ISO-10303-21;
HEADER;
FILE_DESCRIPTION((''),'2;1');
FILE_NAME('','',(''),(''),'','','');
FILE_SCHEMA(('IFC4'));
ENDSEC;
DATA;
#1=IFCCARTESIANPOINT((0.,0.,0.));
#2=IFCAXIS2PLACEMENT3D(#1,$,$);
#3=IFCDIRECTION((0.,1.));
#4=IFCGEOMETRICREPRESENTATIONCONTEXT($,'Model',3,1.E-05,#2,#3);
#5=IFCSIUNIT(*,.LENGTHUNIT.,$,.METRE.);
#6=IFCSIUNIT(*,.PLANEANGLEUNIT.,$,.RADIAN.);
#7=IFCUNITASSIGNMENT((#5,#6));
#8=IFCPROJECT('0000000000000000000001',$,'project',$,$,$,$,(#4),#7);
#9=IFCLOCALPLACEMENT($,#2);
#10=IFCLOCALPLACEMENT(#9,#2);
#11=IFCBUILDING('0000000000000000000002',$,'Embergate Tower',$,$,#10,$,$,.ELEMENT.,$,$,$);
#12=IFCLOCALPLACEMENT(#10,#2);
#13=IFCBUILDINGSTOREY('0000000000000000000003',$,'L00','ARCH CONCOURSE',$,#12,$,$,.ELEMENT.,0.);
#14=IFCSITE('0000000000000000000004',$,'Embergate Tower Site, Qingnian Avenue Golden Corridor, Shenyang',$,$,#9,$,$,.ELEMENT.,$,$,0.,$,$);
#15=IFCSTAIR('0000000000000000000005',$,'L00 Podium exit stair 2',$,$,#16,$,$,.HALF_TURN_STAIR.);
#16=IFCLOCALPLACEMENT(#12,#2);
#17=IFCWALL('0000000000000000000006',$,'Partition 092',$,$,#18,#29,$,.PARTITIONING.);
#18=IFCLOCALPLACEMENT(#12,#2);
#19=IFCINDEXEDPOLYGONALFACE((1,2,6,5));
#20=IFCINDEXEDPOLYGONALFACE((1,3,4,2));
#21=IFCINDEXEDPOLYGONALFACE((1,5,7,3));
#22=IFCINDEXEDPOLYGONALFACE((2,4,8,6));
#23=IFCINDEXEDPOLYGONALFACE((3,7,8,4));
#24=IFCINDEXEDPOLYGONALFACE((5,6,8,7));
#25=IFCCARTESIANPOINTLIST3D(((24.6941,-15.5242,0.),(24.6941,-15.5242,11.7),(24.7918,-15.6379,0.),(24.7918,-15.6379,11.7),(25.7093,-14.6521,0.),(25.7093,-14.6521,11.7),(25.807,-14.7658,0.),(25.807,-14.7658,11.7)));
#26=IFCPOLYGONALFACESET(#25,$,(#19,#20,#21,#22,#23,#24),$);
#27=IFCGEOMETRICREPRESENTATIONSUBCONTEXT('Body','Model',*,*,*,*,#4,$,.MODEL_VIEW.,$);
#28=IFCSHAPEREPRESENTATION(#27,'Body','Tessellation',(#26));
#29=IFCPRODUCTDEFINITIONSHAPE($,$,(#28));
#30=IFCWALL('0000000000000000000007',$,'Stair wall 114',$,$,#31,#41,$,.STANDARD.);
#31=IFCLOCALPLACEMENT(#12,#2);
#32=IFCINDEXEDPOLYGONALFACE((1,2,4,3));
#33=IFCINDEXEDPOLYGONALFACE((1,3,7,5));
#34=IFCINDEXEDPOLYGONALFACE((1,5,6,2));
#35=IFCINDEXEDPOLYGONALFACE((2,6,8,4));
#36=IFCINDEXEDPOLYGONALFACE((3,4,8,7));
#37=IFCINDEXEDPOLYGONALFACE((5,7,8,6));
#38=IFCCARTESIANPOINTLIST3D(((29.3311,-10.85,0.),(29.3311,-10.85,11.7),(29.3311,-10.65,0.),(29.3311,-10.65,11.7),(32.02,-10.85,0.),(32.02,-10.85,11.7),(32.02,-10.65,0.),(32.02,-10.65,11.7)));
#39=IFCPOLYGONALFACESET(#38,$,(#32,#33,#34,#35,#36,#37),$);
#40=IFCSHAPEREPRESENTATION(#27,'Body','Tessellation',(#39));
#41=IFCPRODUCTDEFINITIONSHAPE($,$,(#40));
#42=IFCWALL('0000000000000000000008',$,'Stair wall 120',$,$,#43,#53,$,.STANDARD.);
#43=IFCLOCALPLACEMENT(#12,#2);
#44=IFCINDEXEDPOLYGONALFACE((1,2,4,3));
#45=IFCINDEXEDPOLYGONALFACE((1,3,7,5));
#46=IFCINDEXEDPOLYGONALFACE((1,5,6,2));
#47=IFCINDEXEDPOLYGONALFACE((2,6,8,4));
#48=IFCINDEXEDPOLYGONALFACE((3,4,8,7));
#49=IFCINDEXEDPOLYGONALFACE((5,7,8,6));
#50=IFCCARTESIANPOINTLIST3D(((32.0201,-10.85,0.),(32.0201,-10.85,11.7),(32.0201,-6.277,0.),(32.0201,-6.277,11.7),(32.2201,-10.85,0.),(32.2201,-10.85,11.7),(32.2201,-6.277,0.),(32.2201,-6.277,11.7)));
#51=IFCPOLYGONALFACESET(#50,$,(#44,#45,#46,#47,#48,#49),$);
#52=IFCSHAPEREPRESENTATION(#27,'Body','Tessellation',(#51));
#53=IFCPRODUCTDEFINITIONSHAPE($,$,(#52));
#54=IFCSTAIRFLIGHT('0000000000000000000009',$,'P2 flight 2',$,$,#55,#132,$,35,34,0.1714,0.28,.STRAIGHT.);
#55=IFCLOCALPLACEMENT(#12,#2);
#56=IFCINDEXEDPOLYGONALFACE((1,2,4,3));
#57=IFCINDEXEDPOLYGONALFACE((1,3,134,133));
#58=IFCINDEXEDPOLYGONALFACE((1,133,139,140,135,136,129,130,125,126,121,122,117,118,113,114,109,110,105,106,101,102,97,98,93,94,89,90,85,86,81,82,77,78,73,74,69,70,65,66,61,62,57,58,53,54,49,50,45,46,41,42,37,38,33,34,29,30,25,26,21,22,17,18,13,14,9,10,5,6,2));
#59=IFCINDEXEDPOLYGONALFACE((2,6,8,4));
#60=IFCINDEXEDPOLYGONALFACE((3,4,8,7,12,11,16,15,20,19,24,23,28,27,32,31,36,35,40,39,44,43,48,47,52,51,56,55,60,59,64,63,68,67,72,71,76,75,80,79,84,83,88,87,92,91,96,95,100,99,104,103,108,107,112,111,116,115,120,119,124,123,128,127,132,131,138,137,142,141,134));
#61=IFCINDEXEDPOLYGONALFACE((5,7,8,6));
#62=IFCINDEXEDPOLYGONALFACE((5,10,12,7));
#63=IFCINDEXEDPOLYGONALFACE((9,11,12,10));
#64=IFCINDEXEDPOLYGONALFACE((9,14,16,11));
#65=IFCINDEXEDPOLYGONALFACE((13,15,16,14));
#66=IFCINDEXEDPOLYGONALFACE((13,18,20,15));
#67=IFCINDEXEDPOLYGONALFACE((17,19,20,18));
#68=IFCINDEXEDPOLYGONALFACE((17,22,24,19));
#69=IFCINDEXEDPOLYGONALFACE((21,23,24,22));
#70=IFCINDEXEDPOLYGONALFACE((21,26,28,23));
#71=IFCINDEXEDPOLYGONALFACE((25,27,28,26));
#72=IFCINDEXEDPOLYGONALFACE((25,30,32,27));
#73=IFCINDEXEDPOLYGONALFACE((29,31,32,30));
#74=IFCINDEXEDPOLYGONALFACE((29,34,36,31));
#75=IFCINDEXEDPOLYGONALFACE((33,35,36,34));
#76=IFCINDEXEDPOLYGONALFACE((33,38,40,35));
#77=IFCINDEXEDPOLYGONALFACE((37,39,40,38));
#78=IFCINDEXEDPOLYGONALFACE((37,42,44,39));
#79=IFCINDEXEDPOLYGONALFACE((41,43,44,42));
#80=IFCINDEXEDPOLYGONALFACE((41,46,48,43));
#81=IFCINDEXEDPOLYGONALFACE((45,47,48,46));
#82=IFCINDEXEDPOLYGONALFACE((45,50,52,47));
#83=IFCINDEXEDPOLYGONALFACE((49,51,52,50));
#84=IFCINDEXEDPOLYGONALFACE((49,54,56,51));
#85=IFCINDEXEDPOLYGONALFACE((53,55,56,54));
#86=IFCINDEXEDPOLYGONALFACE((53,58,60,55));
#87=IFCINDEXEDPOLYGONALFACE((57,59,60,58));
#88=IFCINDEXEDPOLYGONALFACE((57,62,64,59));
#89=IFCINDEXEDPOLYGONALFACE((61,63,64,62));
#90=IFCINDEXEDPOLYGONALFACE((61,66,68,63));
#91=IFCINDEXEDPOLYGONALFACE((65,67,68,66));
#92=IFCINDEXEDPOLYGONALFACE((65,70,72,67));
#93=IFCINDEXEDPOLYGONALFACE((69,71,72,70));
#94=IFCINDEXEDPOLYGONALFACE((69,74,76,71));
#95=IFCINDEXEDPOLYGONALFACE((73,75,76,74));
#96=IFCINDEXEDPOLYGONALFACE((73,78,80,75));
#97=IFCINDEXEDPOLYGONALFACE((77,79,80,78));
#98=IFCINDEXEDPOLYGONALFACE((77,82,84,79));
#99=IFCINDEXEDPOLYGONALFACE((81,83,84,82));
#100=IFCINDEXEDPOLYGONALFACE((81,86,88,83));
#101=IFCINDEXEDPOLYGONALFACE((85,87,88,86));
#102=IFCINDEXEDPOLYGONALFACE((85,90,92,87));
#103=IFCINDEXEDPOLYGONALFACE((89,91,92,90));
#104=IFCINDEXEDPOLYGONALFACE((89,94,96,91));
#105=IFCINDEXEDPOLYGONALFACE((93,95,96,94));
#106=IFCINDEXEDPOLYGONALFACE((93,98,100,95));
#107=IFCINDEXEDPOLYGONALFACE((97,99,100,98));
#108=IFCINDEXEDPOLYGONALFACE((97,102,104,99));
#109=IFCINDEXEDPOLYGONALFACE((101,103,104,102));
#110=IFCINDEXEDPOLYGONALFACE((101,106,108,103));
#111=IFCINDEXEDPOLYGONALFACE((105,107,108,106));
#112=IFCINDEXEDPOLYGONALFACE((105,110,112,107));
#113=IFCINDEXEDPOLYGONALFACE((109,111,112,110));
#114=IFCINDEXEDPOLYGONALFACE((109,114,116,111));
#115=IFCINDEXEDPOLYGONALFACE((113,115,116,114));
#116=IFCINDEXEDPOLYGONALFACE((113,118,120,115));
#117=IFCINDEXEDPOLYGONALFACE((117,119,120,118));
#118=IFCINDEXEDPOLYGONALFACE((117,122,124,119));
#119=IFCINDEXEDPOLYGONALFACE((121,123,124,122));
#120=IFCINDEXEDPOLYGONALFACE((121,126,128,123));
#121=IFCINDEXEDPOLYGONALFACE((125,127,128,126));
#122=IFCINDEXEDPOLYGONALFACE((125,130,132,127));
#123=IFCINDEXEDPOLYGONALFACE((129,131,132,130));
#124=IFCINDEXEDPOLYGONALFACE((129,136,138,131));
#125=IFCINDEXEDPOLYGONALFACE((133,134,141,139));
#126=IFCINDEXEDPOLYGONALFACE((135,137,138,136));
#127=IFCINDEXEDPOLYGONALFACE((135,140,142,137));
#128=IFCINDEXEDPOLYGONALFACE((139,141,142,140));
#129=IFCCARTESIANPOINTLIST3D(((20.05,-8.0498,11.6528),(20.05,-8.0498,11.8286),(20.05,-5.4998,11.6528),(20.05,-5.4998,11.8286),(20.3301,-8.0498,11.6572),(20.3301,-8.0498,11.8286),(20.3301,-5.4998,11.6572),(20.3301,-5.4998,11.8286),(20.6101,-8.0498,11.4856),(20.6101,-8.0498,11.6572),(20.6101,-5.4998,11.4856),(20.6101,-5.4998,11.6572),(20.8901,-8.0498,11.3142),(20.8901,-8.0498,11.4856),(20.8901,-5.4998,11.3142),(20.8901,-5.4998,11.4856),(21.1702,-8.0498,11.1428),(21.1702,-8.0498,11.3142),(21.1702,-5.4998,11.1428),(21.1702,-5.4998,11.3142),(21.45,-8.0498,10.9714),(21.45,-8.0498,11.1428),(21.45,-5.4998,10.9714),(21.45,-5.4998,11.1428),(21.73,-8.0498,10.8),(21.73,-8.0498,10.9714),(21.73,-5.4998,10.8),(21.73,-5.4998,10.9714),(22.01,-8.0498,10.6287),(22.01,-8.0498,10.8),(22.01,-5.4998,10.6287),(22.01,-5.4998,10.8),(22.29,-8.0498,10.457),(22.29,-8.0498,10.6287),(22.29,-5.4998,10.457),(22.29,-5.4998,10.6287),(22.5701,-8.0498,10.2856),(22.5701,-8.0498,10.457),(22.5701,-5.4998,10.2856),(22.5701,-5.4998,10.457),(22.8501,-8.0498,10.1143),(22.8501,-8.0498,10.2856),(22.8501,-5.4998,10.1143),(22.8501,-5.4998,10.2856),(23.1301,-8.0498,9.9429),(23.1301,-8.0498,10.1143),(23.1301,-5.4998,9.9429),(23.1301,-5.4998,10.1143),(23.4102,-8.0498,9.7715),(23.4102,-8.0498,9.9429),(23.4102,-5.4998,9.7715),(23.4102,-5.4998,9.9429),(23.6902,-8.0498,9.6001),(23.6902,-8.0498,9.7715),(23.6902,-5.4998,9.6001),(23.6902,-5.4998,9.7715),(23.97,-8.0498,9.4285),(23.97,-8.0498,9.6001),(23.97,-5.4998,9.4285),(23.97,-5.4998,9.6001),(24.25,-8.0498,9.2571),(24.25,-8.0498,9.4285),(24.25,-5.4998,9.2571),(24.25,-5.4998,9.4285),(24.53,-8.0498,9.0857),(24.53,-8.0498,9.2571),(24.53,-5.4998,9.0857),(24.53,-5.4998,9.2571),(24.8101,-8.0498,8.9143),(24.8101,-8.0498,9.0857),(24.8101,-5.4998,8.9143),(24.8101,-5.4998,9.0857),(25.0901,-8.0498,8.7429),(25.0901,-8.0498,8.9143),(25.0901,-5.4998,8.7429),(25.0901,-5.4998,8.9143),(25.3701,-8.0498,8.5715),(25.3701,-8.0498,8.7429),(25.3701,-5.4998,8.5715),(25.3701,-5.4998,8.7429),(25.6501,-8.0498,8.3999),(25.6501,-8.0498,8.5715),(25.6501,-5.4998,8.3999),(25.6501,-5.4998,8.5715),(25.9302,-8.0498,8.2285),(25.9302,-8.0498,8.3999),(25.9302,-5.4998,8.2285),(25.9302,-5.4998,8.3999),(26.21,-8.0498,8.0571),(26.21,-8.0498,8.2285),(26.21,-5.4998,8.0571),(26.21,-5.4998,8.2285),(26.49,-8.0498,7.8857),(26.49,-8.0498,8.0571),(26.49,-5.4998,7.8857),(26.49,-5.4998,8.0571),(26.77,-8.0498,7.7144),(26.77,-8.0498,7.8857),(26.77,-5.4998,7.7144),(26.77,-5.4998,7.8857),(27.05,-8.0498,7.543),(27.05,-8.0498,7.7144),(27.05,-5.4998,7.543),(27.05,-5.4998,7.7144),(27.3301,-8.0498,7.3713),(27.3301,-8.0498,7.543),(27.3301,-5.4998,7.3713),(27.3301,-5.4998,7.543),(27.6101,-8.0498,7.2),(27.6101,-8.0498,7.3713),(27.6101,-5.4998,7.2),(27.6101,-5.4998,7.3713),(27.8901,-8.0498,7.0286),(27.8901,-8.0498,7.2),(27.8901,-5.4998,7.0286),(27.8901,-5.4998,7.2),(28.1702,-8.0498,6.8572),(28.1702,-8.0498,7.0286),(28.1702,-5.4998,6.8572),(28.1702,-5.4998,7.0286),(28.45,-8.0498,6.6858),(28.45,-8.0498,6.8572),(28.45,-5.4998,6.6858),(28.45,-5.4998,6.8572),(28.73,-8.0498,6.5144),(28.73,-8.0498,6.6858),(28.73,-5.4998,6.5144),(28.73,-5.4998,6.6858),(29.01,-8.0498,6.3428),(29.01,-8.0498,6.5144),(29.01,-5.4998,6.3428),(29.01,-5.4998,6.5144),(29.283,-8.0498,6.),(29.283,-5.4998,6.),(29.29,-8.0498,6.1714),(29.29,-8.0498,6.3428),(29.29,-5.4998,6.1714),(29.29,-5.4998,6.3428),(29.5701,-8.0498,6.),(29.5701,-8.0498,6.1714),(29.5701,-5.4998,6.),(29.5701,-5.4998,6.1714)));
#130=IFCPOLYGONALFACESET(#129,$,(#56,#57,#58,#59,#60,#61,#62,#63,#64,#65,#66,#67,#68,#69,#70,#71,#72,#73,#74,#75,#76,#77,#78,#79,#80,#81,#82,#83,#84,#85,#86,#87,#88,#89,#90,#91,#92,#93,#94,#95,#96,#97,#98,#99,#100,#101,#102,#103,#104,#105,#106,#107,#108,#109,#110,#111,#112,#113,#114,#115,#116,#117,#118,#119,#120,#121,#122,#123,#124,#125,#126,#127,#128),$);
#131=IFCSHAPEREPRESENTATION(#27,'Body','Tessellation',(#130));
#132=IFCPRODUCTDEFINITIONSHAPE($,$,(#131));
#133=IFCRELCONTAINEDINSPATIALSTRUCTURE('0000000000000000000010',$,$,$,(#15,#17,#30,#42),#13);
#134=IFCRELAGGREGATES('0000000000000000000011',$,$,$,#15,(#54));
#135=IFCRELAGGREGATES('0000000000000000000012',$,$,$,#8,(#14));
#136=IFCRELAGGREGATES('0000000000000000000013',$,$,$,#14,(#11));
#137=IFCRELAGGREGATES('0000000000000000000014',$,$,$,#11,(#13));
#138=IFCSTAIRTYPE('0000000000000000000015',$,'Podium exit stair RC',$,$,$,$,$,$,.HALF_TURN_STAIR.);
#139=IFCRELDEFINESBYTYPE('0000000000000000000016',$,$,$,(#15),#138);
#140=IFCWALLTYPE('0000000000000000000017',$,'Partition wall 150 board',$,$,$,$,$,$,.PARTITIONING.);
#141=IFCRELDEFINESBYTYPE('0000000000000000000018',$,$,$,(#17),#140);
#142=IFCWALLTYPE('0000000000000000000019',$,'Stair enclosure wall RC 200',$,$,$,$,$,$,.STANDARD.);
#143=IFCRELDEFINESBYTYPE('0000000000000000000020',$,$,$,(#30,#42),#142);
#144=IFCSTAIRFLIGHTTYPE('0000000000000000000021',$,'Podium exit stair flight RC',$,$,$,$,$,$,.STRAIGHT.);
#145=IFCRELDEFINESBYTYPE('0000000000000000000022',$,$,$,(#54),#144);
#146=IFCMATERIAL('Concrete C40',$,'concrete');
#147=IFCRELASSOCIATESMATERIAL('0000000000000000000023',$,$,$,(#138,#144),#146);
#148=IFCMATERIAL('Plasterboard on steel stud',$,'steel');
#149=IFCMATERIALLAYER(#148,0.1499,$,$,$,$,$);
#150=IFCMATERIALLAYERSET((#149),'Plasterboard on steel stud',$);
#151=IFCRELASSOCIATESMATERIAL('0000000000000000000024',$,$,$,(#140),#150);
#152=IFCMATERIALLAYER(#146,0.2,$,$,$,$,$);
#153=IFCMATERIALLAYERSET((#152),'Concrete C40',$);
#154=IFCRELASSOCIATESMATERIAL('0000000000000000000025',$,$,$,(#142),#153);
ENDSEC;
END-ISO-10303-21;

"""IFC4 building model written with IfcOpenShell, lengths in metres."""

from ifc_helpers import new_model, si_unit, direction, frame, frame_2d, origin, place, context, subcontext, project, spatial, polyline, rectangle, outline, extrude, source, transform, mapped, material, layer, layer_set, type_object, element, aggregate, save


model = new_model("IFC4")

# Units and contexts
model_context = context("Model", 3, precision=1e-05, world=origin(), true_north=direction((0.0, 1.0)))
body_context = subcontext(model_context, "Body", "Model", "MODEL_VIEW")
ifc_project = project(units=[si_unit("LENGTHUNIT", "METRE"), si_unit("PLANEANGLEUNIT", "RADIAN")], contexts=[model_context])

# Site, building, storey
site_placement = place(None, origin())
site = spatial("IfcSite", under=ifc_project, at=site_placement, Name="Embergate Tower Site, Qingnian Avenue Golden Corridor, Shenyang", CompositionType="ELEMENT", RefElevation=0.0)
building_placement = place(site_placement, origin())
building = spatial("IfcBuilding", under=site, at=building_placement, Name="Embergate Tower", CompositionType="ELEMENT")
storey_placement = place(building_placement, origin())
storey = spatial("IfcBuildingStorey", under=building, at=storey_placement, Name="L00", Description="ARCH CONCOURSE", CompositionType="ELEMENT", Elevation=0.0)

# Stair
ifc_material_1 = material(Name="Concrete C40", Category="concrete")
stair_type = type_object("IfcStairType", Name="Podium exit stair RC", PredefinedType="HALF_TURN_STAIR", material=ifc_material_1)
stair_placement = place(storey_placement, origin())
stair = element("IfcStair", 1, at=stair_placement, inside=storey, type_object=stair_type, Name="L00 Podium exit stair 2", PredefinedType="HALF_TURN_STAIR")

# Shared definitions
ifc_material_2 = material(Name="Plasterboard on steel stud", Category="steel")
ifc_layer_1 = layer(ifc_material_2, 0.1499)
ifc_layer_set_1 = layer_set([ifc_layer_1], Name="Plasterboard on steel stud")
wall_type_1 = type_object("IfcWallType", Name="Partition wall 150 board", PredefinedType="PARTITIONING", material=ifc_layer_set_1)

# Walls
ifc_layer_2 = layer(ifc_material_1, 0.2)
ifc_layer_set_2 = layer_set([ifc_layer_2], Name="Concrete C40")
wall_type_2 = type_object("IfcWallType", Name="Stair enclosure wall RC 200", PredefinedType="STANDARD", material=ifc_layer_set_2)
shared_shape_1 = source(origin(), body_context, "Body", "SweptSolid", [
    extrude(rectangle(XDim=1.3384, YDim=0.1499, at=frame_2d((0.6692, 0.0))), origin(), (0.0, 0.0, 1.0), 11.7),
])
wall_1_placement = place(storey_placement, frame((24.7429, -15.5811, 0.0), z_axis=(0.0, 0.0, 1.0), x_axis=(0.758535, 0.651632, 0.0)))
element("IfcWall", 2, at=wall_1_placement, inside=storey, type_object=wall_type_1, Name="Partition 092", PredefinedType="PARTITIONING", context=body_context, shape_type="MappedRepresentation", body=[
    mapped(shared_shape_1, transform((0.0, 0.0, 0.0))),
])
shared_shape_2 = source(origin(), body_context, "Body", "SweptSolid", [
    extrude(rectangle(XDim=2.689, YDim=0.2, at=frame_2d((1.3445, 0.0))), origin(), (0.0, 0.0, 1.0), 11.7),
])
wall_2_placement = place(storey_placement, frame((29.3311, -10.75, 0.0), z_axis=(0.0, 0.0, 1.0), x_axis=(1.0, 0.0, 0.0)))
element("IfcWall", 3, at=wall_2_placement, inside=storey, type_object=wall_type_2, Name="Stair wall 114", PredefinedType="STANDARD", context=body_context, shape_type="MappedRepresentation", body=[
    mapped(shared_shape_2, transform((0.0, 0.0, 0.0))),
])
shared_shape_3 = source(origin(), body_context, "Body", "SweptSolid", [
    extrude(rectangle(XDim=4.573, YDim=0.2, at=frame_2d((2.2866, 0.0))), origin(), (0.0, 0.0, 1.0), 11.7),
])
wall_3_placement = place(storey_placement, frame((32.1201, -10.8501, 0.0), z_axis=(0.0, 0.0, 1.0), x_axis=(0.0, 1.0, 0.0)))
element("IfcWall", 4, at=wall_3_placement, inside=storey, type_object=wall_type_2, Name="Stair wall 120", PredefinedType="STANDARD", context=body_context, shape_type="MappedRepresentation", body=[
    mapped(shared_shape_3, transform((0.0, 0.0, 0.0))),
])

# Stair flight
stair_flight_type = type_object("IfcStairFlightType", Name="Podium exit stair flight RC", PredefinedType="STRAIGHT", material=ifc_material_1)
shared_shape_4 = source(origin(), body_context, "Body", "SweptSolid", [
    extrude(outline(polyline([(0.0, 0.0), (0.0, 0.1714), (0.28, 0.1714), (0.28, 0.3428), (0.5601, 0.3428), (0.5601, 0.5144), (0.8401, 0.5144), (0.8401, 0.6858), (1.1201, 0.6858), (1.1201, 0.8572), (1.3999, 0.8572), (1.3999, 1.0286), (1.6799, 1.0286), (1.6799, 1.2), (1.96, 1.2), (1.96, 1.3713), (2.24, 1.3713), (2.24, 1.543), (2.52, 1.543), (2.52, 1.7144), (2.8, 1.7144), (2.8, 1.8857), (3.0801, 1.8857), (3.0801, 2.0571), (3.3601, 2.0571), (3.3601, 2.2285), (3.6399, 2.2285), (3.6399, 2.3999), (3.9199, 2.3999), (3.9199, 2.5715), (4.2, 2.5715), (4.2, 2.7429), (4.48, 2.7429), (4.48, 2.9143), (4.76, 2.9143), (4.76, 3.0857), (5.04, 3.0857), (5.04, 3.2571), (5.3201, 3.2571), (5.3201, 3.4285), (5.6001, 3.4285), (5.6001, 3.6001), (5.8799, 3.6001), (5.8799, 3.7715), (6.1599, 3.7715), (6.1599, 3.9429), (6.4399, 3.9429), (6.4399, 4.1143), (6.72, 4.1143), (6.72, 4.2856), (7.0, 4.2856), (7.0, 4.457), (7.28, 4.457), (7.28, 4.6287), (7.5601, 4.6287), (7.5601, 4.8), (7.8401, 4.8), (7.8401, 4.9714), (8.1201, 4.9714), (8.1201, 5.1428), (8.3999, 5.1428), (8.3999, 5.3142), (8.6799, 5.3142), (8.6799, 5.4856), (8.96, 5.4856), (8.96, 5.6572), (9.24, 5.6572), (9.24, 5.8286), (9.52, 5.8286), (9.52, 6.0), (9.52, 5.6528), (0.2871, 0.0), (0.0, 0.0)])), frame((0.0, 1.2749, 0.0), z_axis=(0.0, -1.0, 0.0), x_axis=(1.0, 0.0, 0.0)), (0.0, 0.0, 1.0), 2.55),
])
stair_flight_placement = place(storey_placement, frame((29.5701, -6.7749, 6.0), z_axis=(0.0, 0.0, 1.0), x_axis=(-1.0, 0.0, 0.0)))
stair_flight = element("IfcStairFlight", 5, at=stair_flight_placement, type_object=stair_flight_type, Name="P2 flight 2", NumberOfRisers=35, NumberOfTreads=34, PredefinedType="STRAIGHT", RiserHeight=0.1714, TreadLength=0.28, context=body_context, shape_type="MappedRepresentation", body=[
    mapped(shared_shape_4, transform((0.0, 0.0, 0.0))),
])
aggregate(stair, [stair_flight])

save(model, "model.ifc")
